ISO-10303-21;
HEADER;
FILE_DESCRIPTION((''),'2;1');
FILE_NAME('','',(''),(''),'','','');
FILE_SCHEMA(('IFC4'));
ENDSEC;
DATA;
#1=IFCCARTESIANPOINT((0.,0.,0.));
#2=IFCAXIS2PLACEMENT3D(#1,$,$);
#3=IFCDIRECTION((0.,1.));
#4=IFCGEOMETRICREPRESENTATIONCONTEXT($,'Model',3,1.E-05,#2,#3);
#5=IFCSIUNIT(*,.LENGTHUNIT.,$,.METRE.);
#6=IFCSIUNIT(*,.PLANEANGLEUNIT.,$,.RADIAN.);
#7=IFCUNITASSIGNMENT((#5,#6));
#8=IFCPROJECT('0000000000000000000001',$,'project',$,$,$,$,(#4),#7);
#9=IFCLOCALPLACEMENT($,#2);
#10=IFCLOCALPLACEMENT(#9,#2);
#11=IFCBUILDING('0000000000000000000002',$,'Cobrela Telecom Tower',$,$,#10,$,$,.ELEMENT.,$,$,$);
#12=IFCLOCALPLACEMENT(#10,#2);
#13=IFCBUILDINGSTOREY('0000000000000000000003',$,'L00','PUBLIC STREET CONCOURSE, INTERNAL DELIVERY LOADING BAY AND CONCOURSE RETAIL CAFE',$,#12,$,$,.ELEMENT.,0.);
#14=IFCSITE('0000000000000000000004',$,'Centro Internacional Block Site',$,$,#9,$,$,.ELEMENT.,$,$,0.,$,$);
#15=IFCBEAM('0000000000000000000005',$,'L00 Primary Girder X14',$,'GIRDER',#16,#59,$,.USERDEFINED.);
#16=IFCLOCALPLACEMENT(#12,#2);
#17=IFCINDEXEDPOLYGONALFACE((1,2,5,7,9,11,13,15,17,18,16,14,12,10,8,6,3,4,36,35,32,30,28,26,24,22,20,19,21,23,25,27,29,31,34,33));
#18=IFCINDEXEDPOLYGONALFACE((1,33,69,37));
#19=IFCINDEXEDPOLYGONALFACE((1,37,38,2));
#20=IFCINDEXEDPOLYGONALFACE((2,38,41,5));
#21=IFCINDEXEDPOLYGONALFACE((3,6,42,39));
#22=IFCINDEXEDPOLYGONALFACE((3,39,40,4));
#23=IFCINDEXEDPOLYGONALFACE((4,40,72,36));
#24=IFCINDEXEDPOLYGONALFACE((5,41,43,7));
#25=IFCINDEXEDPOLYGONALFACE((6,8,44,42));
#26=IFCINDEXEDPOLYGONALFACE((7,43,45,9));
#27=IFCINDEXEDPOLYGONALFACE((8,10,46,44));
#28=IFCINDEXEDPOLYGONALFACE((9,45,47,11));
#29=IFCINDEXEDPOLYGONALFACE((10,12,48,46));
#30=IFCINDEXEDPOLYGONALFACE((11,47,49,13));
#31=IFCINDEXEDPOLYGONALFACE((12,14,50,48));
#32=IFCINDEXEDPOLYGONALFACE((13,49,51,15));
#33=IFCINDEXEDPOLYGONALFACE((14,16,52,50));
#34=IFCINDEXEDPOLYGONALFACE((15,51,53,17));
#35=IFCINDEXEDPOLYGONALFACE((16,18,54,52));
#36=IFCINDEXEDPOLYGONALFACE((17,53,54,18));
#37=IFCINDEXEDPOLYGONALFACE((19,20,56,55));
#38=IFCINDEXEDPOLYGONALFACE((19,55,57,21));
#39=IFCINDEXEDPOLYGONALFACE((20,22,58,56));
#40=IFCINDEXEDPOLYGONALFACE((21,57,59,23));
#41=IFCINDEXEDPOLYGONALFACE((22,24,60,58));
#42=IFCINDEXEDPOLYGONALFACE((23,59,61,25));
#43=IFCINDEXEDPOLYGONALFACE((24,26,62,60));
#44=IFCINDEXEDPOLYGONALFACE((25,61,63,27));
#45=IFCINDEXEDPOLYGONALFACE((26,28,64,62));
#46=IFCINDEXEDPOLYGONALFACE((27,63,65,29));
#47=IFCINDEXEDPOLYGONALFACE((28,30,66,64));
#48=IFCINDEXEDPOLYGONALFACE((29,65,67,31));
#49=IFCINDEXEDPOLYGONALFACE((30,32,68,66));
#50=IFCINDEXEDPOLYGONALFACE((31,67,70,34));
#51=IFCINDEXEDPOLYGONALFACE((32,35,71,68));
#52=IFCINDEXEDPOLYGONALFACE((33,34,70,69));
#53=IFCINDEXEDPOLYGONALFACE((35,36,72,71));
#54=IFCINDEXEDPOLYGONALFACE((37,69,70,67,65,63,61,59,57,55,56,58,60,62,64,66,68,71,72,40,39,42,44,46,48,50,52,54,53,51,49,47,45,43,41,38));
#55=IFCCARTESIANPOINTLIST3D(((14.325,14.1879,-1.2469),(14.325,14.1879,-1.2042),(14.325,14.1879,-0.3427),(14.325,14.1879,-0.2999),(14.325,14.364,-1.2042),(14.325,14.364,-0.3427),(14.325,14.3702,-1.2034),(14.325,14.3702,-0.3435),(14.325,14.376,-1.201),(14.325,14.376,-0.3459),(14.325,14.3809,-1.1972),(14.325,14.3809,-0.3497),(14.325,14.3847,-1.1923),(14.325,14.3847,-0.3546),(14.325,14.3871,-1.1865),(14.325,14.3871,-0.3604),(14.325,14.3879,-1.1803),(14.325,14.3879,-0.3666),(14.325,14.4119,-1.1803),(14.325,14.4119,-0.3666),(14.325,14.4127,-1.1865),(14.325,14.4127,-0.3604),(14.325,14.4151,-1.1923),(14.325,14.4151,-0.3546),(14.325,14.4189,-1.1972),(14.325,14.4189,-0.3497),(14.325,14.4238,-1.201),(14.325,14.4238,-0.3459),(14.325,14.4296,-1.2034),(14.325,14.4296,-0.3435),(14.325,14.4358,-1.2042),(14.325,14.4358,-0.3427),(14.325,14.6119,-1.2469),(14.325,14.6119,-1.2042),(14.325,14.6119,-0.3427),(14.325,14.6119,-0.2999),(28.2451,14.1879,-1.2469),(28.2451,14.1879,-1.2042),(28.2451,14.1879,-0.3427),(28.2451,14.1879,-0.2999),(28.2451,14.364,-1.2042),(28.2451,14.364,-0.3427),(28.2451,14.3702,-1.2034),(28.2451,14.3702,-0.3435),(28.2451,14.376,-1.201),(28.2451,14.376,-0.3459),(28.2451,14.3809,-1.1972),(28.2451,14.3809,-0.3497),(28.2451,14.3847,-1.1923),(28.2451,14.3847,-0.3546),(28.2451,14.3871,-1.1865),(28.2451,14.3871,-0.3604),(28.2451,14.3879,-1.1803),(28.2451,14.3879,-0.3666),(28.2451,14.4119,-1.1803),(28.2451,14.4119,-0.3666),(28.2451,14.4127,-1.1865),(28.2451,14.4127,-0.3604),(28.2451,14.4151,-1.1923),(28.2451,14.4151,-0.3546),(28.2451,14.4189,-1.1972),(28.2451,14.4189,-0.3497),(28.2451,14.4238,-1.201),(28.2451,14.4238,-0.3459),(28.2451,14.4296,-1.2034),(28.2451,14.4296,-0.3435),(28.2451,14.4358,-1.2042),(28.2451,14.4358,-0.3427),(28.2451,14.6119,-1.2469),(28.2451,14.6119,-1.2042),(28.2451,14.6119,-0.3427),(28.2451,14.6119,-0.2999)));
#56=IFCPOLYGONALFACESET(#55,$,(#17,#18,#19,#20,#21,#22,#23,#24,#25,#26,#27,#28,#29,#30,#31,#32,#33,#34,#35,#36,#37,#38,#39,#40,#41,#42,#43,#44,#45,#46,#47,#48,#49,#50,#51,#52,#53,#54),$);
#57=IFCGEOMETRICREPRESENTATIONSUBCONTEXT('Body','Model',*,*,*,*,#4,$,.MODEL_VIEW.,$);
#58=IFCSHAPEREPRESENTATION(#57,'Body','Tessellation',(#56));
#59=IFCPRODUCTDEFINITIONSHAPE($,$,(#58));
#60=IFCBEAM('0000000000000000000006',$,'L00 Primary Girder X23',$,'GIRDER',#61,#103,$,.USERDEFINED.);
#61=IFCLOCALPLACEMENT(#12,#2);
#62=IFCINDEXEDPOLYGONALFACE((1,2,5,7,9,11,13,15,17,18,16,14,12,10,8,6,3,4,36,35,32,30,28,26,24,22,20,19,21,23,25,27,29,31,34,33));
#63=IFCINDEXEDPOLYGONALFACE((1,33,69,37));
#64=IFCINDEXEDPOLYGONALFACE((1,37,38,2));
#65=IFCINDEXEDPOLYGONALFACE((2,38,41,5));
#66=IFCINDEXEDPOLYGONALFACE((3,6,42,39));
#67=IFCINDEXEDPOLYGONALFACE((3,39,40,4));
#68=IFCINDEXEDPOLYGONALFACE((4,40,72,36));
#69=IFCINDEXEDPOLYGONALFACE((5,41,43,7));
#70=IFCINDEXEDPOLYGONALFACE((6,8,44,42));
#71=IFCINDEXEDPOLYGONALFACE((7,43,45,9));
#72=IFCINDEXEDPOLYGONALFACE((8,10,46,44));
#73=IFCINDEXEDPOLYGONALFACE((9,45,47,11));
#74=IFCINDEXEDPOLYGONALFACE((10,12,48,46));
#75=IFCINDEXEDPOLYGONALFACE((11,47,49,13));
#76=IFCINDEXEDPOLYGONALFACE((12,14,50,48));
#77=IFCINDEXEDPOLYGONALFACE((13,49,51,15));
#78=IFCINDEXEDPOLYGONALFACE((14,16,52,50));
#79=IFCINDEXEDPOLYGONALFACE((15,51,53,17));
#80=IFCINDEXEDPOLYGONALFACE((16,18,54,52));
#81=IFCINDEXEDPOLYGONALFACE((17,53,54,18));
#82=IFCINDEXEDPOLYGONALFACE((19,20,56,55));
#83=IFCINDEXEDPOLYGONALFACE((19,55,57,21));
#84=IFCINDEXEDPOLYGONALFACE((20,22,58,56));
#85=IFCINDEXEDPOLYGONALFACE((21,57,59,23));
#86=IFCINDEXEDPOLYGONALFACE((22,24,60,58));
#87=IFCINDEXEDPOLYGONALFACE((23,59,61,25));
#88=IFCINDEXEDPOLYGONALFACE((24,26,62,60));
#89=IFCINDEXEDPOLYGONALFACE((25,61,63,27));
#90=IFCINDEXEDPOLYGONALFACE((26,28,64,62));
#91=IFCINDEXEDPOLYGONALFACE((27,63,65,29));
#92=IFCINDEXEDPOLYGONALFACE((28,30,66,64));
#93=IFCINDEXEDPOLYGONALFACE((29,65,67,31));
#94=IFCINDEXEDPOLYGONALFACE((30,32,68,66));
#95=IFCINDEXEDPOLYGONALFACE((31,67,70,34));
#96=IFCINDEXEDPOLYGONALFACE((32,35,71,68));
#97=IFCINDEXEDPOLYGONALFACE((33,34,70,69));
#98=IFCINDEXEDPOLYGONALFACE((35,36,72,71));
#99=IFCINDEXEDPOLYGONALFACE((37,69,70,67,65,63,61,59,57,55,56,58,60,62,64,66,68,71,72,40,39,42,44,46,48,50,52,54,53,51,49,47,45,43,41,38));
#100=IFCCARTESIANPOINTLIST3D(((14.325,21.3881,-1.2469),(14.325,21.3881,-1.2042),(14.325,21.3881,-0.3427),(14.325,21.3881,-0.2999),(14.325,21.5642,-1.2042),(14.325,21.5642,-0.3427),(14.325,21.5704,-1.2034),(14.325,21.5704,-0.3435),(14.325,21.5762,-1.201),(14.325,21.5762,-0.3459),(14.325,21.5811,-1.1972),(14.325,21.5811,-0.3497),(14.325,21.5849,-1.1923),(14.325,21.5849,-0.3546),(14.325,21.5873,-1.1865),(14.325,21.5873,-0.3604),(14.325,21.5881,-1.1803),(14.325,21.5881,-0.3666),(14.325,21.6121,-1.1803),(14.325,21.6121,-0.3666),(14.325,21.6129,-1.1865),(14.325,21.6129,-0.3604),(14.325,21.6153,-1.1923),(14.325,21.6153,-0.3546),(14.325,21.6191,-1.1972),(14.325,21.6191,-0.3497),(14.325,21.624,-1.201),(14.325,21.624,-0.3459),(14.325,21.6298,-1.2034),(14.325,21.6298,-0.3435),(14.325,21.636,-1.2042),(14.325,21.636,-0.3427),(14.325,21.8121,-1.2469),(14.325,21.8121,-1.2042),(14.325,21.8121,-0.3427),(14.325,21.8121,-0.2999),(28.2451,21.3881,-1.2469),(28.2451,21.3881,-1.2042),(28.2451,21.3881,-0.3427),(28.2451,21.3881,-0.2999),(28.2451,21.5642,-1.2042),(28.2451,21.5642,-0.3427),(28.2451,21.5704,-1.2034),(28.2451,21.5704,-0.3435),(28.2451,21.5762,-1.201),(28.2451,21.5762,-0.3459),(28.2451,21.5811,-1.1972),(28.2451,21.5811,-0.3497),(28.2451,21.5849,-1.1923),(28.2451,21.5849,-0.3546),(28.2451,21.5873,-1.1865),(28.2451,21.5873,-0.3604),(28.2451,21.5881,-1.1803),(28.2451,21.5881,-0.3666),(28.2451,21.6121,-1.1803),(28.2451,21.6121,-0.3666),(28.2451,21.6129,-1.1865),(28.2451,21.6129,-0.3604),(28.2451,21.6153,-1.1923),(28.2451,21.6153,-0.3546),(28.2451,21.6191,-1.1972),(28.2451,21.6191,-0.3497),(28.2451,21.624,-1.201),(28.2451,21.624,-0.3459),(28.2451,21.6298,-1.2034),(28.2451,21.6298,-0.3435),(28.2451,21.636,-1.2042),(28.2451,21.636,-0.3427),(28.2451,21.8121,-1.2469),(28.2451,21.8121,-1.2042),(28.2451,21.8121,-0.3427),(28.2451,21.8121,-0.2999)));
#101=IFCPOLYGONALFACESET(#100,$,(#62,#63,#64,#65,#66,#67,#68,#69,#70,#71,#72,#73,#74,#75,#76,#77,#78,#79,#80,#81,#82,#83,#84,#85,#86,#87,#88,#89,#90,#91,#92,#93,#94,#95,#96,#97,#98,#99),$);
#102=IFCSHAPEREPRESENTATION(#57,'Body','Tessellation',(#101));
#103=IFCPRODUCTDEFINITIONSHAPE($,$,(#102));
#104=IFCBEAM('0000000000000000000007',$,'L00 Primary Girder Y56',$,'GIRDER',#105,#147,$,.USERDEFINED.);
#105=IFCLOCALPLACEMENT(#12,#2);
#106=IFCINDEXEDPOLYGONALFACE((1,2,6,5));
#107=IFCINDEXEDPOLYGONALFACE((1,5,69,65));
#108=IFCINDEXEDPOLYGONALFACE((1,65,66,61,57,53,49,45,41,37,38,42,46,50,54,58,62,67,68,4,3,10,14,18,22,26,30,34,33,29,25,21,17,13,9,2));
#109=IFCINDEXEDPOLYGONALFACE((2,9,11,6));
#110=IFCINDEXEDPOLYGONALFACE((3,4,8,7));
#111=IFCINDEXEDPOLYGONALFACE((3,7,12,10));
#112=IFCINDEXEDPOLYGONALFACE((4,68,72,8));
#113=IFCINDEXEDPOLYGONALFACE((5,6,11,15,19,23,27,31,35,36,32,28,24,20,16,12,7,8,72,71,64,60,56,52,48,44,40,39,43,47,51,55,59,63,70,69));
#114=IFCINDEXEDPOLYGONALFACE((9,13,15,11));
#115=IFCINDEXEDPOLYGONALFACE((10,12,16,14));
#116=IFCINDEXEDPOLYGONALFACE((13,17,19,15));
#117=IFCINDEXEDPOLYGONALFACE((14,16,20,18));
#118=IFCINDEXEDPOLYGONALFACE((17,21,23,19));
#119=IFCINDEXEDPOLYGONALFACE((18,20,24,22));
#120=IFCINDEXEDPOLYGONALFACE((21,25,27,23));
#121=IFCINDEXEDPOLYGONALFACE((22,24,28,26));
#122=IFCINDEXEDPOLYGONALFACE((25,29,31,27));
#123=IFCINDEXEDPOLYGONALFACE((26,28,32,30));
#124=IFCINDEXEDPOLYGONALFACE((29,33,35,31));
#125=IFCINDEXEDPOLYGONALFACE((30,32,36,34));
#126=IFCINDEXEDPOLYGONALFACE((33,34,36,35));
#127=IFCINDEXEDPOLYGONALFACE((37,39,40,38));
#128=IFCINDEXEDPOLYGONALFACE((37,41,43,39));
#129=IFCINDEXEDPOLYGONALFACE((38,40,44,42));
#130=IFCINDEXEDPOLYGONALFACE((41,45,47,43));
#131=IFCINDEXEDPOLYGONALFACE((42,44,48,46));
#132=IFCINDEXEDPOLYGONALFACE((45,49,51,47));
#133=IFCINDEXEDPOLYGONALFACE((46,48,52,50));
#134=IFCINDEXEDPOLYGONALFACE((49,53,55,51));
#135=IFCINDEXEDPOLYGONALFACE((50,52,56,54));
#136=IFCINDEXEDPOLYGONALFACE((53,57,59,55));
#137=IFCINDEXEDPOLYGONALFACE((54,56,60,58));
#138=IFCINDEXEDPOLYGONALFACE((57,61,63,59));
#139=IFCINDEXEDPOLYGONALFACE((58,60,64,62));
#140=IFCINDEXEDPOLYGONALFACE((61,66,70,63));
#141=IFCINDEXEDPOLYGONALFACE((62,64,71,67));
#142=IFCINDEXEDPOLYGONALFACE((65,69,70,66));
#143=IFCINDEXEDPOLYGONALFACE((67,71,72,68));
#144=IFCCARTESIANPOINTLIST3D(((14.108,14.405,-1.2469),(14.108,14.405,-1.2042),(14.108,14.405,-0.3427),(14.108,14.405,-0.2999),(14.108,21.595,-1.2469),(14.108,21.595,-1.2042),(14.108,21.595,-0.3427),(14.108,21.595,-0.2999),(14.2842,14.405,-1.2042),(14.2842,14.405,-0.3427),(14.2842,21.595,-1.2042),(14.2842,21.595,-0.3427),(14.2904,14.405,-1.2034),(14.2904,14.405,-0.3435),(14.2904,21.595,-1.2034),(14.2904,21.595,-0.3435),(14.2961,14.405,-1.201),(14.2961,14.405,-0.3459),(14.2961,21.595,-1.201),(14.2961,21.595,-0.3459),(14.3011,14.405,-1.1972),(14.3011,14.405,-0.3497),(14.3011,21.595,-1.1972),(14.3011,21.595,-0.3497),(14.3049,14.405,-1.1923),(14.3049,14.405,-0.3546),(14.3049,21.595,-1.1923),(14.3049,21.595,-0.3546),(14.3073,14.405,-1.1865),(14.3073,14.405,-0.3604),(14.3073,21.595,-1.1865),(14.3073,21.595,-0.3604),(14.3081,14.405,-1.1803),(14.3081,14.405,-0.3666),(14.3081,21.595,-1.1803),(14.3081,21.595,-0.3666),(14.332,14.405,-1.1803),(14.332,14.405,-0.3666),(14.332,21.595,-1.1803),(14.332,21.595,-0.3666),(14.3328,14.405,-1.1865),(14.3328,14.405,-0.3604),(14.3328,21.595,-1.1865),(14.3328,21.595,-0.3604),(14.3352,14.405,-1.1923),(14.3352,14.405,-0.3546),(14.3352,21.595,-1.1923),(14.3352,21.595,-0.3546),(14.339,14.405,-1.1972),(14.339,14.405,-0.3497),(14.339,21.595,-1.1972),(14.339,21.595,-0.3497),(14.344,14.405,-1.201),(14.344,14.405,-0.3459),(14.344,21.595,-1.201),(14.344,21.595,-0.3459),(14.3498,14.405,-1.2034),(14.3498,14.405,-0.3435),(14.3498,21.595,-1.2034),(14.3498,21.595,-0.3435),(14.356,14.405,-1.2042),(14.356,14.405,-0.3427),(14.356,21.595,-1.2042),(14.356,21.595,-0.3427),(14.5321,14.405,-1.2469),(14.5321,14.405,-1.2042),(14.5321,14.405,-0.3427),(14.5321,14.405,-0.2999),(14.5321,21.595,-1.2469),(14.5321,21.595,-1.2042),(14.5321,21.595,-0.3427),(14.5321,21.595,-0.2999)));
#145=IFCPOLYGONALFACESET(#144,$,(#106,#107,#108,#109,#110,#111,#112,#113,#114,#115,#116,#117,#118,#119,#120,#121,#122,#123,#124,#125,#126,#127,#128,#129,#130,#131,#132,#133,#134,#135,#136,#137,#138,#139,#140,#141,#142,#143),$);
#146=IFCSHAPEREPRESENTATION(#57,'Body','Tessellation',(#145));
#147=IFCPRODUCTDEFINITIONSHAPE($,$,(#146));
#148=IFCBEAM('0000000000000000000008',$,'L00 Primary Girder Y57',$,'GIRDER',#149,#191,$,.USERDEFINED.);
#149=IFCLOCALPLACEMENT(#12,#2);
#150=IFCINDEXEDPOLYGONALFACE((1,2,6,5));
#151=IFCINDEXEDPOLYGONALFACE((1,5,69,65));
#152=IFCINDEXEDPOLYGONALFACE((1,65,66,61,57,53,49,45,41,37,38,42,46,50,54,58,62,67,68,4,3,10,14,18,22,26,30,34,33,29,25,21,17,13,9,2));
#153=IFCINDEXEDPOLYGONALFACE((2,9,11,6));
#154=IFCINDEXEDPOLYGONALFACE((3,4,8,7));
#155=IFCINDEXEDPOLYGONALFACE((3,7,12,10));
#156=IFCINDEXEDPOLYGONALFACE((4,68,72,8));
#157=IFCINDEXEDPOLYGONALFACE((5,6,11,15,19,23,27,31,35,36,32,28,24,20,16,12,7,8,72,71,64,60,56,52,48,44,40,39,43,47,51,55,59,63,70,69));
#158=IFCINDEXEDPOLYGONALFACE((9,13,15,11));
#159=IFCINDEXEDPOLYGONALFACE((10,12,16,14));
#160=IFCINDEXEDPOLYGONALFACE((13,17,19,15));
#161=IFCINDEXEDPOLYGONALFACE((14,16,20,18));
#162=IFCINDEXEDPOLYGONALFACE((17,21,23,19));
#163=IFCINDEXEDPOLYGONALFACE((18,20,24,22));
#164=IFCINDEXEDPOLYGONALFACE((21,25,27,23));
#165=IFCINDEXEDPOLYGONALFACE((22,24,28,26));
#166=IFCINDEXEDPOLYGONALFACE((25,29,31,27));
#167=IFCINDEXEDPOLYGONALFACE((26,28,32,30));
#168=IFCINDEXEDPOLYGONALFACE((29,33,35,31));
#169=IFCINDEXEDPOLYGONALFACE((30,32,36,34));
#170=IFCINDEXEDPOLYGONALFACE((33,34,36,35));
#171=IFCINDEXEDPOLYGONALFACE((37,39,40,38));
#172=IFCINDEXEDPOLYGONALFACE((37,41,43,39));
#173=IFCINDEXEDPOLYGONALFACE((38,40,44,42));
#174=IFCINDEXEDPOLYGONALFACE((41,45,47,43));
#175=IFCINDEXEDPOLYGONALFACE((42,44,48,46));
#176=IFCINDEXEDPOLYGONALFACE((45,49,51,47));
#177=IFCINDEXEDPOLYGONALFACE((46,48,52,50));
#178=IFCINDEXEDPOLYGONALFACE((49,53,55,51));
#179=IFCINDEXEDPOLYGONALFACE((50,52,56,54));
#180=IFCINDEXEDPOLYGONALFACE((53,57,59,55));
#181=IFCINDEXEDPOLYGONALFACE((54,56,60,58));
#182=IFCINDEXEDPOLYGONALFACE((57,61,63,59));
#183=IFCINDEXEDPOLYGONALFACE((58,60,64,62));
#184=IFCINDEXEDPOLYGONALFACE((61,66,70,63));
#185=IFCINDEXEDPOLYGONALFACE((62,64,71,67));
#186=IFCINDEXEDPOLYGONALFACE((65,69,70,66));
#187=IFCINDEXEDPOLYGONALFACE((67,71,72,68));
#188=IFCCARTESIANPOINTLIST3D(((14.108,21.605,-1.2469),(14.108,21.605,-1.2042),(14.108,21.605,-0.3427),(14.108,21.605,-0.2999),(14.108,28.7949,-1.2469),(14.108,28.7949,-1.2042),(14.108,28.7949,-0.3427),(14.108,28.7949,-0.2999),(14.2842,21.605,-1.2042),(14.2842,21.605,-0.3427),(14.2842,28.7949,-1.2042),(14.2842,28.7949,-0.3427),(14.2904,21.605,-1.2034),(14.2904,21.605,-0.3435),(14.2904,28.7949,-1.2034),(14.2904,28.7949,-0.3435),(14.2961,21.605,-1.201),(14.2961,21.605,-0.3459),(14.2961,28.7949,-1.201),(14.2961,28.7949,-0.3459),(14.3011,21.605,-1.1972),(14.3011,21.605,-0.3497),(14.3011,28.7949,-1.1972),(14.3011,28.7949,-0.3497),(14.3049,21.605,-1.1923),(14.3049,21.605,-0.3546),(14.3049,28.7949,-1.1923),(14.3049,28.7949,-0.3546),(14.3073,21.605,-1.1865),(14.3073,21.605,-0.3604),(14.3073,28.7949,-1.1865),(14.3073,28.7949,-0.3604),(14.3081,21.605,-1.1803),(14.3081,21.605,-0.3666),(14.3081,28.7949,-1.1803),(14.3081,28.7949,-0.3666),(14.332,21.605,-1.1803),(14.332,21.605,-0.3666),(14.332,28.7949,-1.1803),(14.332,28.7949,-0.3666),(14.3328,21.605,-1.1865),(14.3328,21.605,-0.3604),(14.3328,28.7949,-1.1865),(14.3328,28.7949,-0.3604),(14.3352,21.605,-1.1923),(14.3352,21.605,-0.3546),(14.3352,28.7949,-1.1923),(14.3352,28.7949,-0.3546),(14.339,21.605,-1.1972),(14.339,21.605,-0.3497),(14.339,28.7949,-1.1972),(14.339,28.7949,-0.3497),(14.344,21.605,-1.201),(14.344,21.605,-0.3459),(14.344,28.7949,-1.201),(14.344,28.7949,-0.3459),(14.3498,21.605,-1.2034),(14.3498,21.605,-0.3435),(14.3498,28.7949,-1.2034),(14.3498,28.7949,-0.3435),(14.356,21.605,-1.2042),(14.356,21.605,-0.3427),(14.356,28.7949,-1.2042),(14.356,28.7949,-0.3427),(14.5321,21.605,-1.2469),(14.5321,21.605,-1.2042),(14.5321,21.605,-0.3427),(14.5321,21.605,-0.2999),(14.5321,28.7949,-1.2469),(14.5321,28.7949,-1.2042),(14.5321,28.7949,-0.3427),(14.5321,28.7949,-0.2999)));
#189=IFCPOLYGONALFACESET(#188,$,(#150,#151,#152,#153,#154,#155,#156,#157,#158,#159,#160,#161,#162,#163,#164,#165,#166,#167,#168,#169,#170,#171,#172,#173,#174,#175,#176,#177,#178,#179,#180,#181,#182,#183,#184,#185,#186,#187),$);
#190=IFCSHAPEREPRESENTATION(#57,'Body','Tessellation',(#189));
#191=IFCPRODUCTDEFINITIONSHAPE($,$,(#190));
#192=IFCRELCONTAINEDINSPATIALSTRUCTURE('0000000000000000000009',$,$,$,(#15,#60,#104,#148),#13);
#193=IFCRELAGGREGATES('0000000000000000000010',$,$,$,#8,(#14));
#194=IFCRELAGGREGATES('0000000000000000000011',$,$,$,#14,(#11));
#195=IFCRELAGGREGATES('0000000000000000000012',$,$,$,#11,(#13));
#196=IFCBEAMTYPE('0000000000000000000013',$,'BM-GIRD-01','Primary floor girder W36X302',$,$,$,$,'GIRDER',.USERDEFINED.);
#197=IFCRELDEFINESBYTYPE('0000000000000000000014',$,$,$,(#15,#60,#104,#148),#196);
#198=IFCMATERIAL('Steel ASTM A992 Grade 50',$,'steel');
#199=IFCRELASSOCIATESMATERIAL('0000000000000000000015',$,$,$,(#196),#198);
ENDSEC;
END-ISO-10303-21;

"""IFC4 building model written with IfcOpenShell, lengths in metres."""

from ifc_helpers import new_model, si_unit, direction, frame, origin, origin_2d, place, context, subcontext, project, spatial, i_section, extrude, material, material_profile, profile_set, type_object, element, save


model = new_model("IFC4")

# Units and contexts
model_context = context("Model", 3, precision=1e-05, world=origin(), true_north=direction((0.0, 1.0)))
body_context = subcontext(model_context, "Body", "Model", "MODEL_VIEW")
ifc_project = project(units=[si_unit("LENGTHUNIT", "METRE"), si_unit("PLANEANGLEUNIT", "RADIAN")], contexts=[model_context])

# Site, building, storey
site_placement = place(None, origin())
site = spatial("IfcSite", under=ifc_project, at=site_placement, Name="Centro Internacional Block Site", CompositionType="ELEMENT", RefElevation=0.0)
building_placement = place(site_placement, origin())
building = spatial("IfcBuilding", under=site, at=building_placement, Name="Cobrela Telecom Tower", CompositionType="ELEMENT")
storey_placement = place(building_placement, origin())
storey = spatial("IfcBuildingStorey", under=building, at=storey_placement, Name="L00", Description="PUBLIC STREET CONCOURSE, INTERNAL DELIVERY LOADING BAY AND CONCOURSE RETAIL CAFE", CompositionType="ELEMENT", Elevation=0.0)

# Beams
ifc_material_1 = material(Name="Steel ASTM A992 Grade 50", Category="steel")
ifc_material_profile_1 = material_profile(ifc_material_1, i_section(OverallWidth=0.4241, OverallDepth=0.947, WebThickness=0.0239, FlangeThickness=0.0427, FilletRadius=0.0239, at=origin_2d()), Name="W36X302")
ifc_profile_set_1 = profile_set([ifc_material_profile_1], Name="Steel ASTM A992 Grade 50")
beam_type_1 = type_object("IfcBeamType", Name="BM-GIRD-01", Description="Primary floor girder W36X302", ElementType="GIRDER", PredefinedType="USERDEFINED", material=ifc_profile_set_1)
for number, where, z_axis, x_axis, name in (
    (1, (14.325, 14.3999, -0.7734), (1.0, 0.0, 0.0), (0.0, 1.0, 0.0), "L00 Primary Girder X14"),
    (2, (14.325, 21.6001, -0.7734), (1.0, 0.0, 0.0), (0.0, 1.0, 0.0), "L00 Primary Girder X23"),
):
    element("IfcBeam", number, at=place(storey_placement, frame(where, z_axis=z_axis, x_axis=x_axis)), inside=storey, type_object=beam_type_1, Name=name, ObjectType="GIRDER", PredefinedType="USERDEFINED", context=body_context, shape_type="SweptSolid", body=[
        extrude(i_section(OverallWidth=0.4241, OverallDepth=0.947, WebThickness=0.0239, FlangeThickness=0.0427, FilletRadius=0.0239, at=origin_2d()), origin(), (0.0, 0.0, 1.0), 13.9202),
    ])
for number, where, z_axis, x_axis, name in (
    (3, (14.3201, 14.405, -0.7734), (0.0, 1.0, 0.0), (-1.0, 0.0, 0.0), "L00 Primary Girder Y56"),
    (4, (14.3201, 21.605, -0.7734), (0.0, 1.0, 0.0), (-1.0, 0.0, 0.0), "L00 Primary Girder Y57"),
):
    element("IfcBeam", number, at=place(storey_placement, frame(where, z_axis=z_axis, x_axis=x_axis)), inside=storey, type_object=beam_type_1, Name=name, ObjectType="GIRDER", PredefinedType="USERDEFINED", context=body_context, shape_type="SweptSolid", body=[
        extrude(i_section(OverallWidth=0.4241, OverallDepth=0.947, WebThickness=0.0239, FlangeThickness=0.0427, FilletRadius=0.0239, at=origin_2d()), origin(), (0.0, 0.0, 1.0), 7.1899),
    ])

save(model, "model.ifc")
